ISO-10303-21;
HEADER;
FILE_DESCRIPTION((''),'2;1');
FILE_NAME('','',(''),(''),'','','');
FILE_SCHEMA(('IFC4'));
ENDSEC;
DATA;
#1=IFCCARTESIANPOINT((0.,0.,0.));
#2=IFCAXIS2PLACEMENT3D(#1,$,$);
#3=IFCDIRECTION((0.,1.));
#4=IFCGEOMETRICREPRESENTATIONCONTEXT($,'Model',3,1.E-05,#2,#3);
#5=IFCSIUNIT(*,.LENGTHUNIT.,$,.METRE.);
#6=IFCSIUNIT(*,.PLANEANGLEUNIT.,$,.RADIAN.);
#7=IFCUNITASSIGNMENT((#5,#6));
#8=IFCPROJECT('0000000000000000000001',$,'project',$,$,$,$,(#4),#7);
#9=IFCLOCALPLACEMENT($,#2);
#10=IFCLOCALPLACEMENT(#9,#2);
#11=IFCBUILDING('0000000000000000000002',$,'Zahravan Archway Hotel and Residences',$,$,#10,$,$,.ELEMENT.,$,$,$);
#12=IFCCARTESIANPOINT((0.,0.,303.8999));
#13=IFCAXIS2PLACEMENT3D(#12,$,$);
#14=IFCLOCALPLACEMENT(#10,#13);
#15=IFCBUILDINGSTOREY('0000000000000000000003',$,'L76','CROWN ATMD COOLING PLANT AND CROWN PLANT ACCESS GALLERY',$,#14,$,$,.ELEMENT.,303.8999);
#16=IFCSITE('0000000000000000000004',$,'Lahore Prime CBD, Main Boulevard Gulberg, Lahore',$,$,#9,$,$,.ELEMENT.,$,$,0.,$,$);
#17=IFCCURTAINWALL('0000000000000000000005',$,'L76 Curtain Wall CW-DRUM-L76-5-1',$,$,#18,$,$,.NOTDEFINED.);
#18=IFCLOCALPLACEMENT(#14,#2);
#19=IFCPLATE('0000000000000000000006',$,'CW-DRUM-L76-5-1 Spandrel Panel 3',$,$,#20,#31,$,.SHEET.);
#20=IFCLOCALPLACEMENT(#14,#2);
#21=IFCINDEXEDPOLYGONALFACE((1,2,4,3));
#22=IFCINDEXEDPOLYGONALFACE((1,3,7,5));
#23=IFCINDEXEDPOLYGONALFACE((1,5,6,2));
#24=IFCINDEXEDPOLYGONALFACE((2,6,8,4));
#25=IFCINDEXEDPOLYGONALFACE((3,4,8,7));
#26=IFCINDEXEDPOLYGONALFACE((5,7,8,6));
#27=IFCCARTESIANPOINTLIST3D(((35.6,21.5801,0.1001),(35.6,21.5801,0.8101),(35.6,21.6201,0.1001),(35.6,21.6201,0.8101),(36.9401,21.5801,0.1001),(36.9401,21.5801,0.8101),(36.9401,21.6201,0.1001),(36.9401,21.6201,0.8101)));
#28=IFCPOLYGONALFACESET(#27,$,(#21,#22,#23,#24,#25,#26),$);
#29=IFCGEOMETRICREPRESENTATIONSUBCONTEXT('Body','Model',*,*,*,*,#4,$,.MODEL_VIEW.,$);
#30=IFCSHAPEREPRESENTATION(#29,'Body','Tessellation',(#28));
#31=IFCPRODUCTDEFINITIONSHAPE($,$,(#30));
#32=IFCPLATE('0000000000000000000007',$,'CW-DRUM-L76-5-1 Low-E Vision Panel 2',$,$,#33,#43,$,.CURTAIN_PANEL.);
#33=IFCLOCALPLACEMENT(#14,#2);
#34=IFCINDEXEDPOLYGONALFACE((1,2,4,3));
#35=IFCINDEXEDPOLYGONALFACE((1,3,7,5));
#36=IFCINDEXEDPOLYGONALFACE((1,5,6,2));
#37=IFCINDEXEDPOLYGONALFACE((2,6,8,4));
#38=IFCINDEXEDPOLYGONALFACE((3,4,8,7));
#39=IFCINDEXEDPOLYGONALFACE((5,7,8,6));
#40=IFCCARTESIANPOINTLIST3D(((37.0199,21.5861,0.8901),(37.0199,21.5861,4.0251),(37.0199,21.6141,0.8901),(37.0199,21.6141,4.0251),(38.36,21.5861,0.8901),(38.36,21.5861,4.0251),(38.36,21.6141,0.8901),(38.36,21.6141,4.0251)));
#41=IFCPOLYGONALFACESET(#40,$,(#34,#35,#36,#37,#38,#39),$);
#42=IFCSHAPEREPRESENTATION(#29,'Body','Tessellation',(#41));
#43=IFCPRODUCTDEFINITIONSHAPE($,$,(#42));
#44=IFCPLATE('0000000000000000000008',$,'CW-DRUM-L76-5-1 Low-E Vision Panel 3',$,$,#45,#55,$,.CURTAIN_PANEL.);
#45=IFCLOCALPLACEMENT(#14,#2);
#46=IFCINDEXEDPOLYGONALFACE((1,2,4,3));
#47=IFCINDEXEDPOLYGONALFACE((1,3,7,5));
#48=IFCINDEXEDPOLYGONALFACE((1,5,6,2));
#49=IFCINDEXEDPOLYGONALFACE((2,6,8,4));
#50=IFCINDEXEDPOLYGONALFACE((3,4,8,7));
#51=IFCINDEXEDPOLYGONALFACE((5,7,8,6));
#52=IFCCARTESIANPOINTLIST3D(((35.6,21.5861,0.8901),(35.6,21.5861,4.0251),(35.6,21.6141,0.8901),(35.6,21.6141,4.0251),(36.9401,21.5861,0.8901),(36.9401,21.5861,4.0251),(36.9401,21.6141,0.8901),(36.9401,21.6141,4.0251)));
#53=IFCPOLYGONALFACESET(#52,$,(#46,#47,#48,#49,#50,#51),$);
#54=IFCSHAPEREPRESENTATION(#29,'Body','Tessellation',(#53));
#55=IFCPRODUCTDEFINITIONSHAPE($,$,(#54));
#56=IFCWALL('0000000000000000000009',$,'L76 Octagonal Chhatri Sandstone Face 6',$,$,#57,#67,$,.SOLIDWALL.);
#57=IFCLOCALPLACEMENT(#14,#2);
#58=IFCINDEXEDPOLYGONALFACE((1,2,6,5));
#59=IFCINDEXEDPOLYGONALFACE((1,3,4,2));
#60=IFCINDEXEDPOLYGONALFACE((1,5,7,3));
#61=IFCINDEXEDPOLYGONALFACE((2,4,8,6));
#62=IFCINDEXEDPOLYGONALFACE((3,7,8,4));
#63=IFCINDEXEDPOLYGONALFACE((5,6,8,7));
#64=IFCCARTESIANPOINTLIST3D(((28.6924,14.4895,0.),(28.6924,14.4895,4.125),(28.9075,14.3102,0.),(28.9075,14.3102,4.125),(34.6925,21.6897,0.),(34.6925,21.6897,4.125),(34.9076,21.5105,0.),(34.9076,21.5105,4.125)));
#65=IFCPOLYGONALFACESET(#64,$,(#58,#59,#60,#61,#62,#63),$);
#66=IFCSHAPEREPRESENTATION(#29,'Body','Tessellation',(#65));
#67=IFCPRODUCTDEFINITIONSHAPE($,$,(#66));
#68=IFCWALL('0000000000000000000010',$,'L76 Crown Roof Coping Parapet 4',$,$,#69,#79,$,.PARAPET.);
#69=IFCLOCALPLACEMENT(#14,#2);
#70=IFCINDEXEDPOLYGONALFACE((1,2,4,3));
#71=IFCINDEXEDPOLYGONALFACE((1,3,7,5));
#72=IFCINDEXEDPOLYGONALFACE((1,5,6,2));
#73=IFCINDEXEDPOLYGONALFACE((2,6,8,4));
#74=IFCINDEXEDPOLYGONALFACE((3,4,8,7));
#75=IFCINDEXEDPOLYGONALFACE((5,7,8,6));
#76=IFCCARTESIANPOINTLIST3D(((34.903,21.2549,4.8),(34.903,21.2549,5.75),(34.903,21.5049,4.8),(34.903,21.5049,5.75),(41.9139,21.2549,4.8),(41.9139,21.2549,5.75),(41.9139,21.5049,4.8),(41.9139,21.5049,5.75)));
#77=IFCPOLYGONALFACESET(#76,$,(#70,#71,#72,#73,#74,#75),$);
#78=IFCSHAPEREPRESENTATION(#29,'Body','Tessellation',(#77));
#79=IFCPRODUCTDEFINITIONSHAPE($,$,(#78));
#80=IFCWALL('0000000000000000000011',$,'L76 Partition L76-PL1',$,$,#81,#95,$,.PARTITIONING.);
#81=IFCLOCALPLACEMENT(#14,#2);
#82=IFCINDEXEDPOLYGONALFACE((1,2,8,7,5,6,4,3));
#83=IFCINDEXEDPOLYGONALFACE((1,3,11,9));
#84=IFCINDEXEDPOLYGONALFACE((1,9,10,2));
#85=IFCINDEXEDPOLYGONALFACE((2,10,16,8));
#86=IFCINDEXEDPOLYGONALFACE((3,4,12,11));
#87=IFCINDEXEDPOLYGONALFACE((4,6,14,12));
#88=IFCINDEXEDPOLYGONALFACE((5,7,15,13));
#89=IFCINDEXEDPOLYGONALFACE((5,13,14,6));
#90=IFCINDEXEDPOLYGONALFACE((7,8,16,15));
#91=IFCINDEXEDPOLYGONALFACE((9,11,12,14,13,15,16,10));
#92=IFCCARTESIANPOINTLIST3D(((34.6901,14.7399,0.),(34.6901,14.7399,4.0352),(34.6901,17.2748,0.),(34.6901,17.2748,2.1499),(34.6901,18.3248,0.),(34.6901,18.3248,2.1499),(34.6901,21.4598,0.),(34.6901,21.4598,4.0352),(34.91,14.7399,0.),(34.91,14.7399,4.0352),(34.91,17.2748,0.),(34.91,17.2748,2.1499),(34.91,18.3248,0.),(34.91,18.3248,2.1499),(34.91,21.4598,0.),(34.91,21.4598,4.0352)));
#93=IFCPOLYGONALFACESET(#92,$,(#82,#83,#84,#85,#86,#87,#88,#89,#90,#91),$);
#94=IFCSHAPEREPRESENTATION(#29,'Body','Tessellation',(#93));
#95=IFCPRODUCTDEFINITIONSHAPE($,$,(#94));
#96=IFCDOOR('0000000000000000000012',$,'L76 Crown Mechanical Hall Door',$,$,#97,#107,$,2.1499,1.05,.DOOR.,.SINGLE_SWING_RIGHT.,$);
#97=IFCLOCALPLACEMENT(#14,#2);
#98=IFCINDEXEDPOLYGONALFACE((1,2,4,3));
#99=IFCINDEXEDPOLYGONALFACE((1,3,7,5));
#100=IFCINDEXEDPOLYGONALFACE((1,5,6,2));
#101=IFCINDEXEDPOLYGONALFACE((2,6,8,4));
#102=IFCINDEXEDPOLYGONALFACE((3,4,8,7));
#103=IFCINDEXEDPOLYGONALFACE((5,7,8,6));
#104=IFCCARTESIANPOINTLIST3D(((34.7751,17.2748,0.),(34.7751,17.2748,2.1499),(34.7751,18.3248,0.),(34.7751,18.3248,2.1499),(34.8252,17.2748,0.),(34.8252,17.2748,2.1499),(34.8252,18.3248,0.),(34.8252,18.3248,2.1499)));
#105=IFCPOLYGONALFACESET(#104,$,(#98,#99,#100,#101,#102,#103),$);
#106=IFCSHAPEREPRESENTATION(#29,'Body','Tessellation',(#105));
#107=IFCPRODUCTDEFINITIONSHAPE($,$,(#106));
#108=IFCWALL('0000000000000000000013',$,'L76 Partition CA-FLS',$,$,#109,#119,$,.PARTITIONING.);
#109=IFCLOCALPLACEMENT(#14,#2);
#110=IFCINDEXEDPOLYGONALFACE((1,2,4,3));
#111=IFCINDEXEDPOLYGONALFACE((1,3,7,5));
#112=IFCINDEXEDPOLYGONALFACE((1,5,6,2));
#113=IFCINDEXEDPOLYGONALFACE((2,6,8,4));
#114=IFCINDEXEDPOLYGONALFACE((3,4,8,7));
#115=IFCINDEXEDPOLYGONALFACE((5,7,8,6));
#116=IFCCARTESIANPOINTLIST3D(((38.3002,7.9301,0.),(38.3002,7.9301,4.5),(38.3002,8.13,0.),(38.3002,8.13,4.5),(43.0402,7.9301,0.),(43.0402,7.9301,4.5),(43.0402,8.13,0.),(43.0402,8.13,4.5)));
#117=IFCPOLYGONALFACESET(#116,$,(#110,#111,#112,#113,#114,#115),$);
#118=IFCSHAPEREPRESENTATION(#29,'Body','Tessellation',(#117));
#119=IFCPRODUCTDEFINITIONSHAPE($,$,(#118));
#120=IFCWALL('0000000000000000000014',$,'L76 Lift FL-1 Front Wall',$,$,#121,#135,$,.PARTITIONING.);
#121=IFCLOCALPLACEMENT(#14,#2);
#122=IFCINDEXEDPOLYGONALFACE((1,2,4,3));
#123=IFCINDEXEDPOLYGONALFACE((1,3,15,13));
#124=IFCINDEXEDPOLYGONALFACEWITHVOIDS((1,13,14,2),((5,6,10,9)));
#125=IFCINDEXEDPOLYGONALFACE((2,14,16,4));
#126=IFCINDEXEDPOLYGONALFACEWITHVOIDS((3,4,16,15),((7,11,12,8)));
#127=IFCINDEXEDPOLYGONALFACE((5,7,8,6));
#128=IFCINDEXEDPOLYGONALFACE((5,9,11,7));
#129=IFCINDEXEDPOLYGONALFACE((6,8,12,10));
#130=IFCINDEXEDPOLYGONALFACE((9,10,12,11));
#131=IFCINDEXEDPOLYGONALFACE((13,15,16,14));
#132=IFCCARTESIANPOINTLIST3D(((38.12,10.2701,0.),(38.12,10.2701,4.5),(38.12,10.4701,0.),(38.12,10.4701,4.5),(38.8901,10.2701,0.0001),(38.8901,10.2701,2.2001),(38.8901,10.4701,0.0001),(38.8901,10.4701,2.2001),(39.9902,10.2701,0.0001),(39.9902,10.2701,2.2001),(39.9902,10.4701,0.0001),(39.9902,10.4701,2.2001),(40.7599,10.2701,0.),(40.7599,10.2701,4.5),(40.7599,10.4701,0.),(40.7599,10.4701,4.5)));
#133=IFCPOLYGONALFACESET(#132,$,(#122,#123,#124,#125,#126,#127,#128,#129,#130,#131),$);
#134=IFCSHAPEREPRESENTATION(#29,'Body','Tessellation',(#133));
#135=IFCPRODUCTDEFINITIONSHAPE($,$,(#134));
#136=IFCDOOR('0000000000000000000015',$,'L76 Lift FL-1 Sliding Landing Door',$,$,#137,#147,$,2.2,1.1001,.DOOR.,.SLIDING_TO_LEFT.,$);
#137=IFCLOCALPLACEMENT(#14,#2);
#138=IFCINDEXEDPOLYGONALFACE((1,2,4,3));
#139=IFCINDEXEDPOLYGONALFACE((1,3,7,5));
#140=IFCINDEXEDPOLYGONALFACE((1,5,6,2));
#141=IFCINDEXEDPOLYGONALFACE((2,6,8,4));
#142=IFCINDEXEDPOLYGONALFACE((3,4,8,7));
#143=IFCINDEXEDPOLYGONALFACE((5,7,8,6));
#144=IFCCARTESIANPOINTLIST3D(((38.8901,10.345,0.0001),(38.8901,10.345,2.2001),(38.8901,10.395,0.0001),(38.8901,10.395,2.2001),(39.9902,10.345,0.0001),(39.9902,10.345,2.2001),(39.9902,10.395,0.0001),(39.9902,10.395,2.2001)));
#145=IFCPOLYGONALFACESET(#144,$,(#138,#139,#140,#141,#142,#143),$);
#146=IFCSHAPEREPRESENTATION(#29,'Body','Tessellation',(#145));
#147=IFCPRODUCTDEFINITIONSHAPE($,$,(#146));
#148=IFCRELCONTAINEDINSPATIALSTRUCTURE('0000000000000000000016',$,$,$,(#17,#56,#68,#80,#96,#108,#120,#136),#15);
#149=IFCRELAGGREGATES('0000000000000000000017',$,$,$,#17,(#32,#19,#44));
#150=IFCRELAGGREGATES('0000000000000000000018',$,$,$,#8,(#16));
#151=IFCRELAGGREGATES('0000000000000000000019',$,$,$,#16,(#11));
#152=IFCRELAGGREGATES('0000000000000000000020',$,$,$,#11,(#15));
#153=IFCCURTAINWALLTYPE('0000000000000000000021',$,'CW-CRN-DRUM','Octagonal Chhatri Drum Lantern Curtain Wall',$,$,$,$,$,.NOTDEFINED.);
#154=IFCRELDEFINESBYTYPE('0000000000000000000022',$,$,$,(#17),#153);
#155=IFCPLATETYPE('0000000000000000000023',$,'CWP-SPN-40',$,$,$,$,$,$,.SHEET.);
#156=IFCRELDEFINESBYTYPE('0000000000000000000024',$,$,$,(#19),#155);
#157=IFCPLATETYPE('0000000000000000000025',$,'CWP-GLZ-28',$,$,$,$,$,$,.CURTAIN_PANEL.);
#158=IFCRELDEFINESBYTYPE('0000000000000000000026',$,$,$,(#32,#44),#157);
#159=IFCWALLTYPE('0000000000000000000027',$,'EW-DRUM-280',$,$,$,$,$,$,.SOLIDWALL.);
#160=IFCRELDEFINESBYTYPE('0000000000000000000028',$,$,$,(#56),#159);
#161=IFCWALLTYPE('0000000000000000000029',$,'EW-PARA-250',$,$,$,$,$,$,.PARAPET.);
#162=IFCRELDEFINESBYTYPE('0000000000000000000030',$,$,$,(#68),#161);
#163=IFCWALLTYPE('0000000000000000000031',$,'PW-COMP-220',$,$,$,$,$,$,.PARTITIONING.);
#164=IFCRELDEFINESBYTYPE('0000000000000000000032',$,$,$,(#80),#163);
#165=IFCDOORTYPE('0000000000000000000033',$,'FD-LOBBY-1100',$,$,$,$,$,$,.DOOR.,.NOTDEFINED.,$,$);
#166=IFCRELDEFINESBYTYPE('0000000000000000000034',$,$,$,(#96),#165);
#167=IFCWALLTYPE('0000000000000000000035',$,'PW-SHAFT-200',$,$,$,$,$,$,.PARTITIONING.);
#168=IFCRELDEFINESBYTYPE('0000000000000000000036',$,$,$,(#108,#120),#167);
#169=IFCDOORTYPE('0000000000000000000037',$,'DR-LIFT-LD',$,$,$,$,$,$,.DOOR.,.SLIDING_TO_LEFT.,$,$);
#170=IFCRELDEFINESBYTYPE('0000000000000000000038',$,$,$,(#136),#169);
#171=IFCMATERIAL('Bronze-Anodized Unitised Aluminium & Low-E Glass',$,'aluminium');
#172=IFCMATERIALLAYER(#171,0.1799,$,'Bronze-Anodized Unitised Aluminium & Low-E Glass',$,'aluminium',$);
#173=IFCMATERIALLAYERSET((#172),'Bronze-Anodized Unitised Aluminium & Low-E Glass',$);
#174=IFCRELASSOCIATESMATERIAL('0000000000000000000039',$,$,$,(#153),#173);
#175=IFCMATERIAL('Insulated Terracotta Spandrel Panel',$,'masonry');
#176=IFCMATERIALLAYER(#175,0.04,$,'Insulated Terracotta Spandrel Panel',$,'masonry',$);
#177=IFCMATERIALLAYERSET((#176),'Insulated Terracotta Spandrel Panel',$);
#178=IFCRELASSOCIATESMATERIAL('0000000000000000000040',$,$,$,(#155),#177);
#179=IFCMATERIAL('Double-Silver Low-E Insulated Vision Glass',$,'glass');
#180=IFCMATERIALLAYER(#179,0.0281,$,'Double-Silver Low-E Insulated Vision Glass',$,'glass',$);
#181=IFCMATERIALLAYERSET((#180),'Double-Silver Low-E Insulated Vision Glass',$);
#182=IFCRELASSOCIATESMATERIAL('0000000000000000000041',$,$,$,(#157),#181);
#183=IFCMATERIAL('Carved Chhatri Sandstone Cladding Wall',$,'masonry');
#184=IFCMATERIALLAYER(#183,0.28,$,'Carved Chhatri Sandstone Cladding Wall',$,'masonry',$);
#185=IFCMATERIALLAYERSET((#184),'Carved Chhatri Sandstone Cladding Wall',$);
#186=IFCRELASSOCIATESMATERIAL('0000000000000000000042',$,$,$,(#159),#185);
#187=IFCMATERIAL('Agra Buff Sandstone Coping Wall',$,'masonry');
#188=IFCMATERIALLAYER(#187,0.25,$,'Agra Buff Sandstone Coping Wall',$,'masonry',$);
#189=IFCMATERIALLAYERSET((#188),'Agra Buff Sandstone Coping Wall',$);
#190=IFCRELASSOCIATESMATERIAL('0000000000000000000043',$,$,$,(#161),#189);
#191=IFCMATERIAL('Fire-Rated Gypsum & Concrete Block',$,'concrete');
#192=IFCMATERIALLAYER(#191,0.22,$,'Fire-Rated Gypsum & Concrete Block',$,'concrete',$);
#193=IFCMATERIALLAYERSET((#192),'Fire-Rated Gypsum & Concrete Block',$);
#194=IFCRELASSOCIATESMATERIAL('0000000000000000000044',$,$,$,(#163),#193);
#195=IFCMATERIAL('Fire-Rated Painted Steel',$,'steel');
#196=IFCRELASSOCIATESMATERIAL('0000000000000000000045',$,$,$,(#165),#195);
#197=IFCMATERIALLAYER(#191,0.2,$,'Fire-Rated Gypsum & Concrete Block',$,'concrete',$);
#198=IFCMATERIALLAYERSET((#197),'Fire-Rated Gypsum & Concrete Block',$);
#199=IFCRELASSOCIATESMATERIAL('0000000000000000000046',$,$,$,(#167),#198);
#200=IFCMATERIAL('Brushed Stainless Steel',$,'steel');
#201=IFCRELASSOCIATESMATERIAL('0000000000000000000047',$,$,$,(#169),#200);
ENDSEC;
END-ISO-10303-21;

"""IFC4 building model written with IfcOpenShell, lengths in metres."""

from ifc_helpers import new_model, si_unit, direction, frame, frame_2d, origin, origin_2d, place, context, subcontext, project, spatial, rectangle, extrude, source, transform, mapped, material, layer, layer_set, type_object, type_shapes, element, fill, aggregate, save


model = new_model("IFC4")

# Units and contexts
model_context = context("Model", 3, precision=1e-05, world=origin(), true_north=direction((0.0, 1.0)))
body_context = subcontext(model_context, "Body", "Model", "MODEL_VIEW")
ifc_project = project(units=[si_unit("LENGTHUNIT", "METRE"), si_unit("PLANEANGLEUNIT", "RADIAN")], contexts=[model_context])

# Site, building, storey
site_placement = place(None, origin())
site = spatial("IfcSite", under=ifc_project, at=site_placement, Name="Lahore Prime CBD, Main Boulevard Gulberg, Lahore", CompositionType="ELEMENT", RefElevation=0.0)
building_placement = place(site_placement, origin())
building = spatial("IfcBuilding", under=site, at=building_placement, Name="Zahravan Archway Hotel and Residences", CompositionType="ELEMENT")
storey_placement = place(building_placement, frame((0.0, 0.0, 303.8999)))
storey = spatial("IfcBuildingStorey", under=building, at=storey_placement, Name="L76", Description="CROWN ATMD COOLING PLANT AND CROWN PLANT ACCESS GALLERY", CompositionType="ELEMENT", Elevation=303.8999)

# Curtain wall, plates
ifc_material_1 = material(Name="Bronze-Anodized Unitised Aluminium & Low-E Glass", Category="aluminium")
ifc_layer_1 = layer(ifc_material_1, 0.1799, Name="Bronze-Anodized Unitised Aluminium & Low-E Glass", Category="aluminium")
ifc_layer_set_1 = layer_set([ifc_layer_1], Name="Bronze-Anodized Unitised Aluminium & Low-E Glass")
curtain_wall_type = type_object("IfcCurtainWallType", Name="CW-CRN-DRUM", Description="Octagonal Chhatri Drum Lantern Curtain Wall", PredefinedType="NOTDEFINED", material=ifc_layer_set_1)
curtain_wall_placement = place(storey_placement, origin())
curtain_wall = element("IfcCurtainWall", 1, at=curtain_wall_placement, inside=storey, type_object=curtain_wall_type, Name="L76 Curtain Wall CW-DRUM-L76-5-1", PredefinedType="NOTDEFINED")
ifc_material_2 = material(Name="Insulated Terracotta Spandrel Panel", Category="masonry")
ifc_layer_2 = layer(ifc_material_2, 0.04, Name="Insulated Terracotta Spandrel Panel", Category="masonry")
ifc_layer_set_2 = layer_set([ifc_layer_2], Name="Insulated Terracotta Spandrel Panel")
plate_type_1 = type_object("IfcPlateType", Name="CWP-SPN-40", PredefinedType="SHEET", material=ifc_layer_set_2)
shared_shape_1 = source(origin(), body_context, "Body", "SweptSolid", [
    extrude(rectangle(XDim=1.3401, YDim=0.04, at=origin_2d()), origin(), (0.0, 0.0, 1.0), 0.71),
])
plate_1_placement = place(storey_placement, frame((36.27, 21.6001, 0.1001), z_axis=(0.0, 0.0, 1.0), x_axis=(-1.0, 0.0, 0.0)))
plate_1 = element("IfcPlate", 2, at=plate_1_placement, type_object=plate_type_1, Name="CW-DRUM-L76-5-1 Spandrel Panel 3", PredefinedType="SHEET", context=body_context, shape_type="MappedRepresentation", body=[
    mapped(shared_shape_1, transform((0.0, 0.0, 0.0), scale=1.0)),
])
ifc_material_3 = material(Name="Double-Silver Low-E Insulated Vision Glass", Category="glass")
ifc_layer_3 = layer(ifc_material_3, 0.0281, Name="Double-Silver Low-E Insulated Vision Glass", Category="glass")
ifc_layer_set_3 = layer_set([ifc_layer_3], Name="Double-Silver Low-E Insulated Vision Glass")
plate_type_2 = type_object("IfcPlateType", Name="CWP-GLZ-28", PredefinedType="CURTAIN_PANEL", material=ifc_layer_set_3)
shared_shape_2 = source(origin(), body_context, "Body", "SweptSolid", [
    extrude(rectangle(XDim=1.3401, YDim=0.0281, at=origin_2d()), origin(), (0.0, 0.0, 1.0), 3.135),
])
plate_2_placement = place(storey_placement, frame((37.6899, 21.6001, 0.8901), z_axis=(0.0, 0.0, 1.0), x_axis=(-1.0, 0.0, 0.0)))
plate_2 = element("IfcPlate", 3, at=plate_2_placement, type_object=plate_type_2, Name="CW-DRUM-L76-5-1 Low-E Vision Panel 2", PredefinedType="CURTAIN_PANEL", context=body_context, shape_type="MappedRepresentation", body=[
    mapped(shared_shape_2, transform((0.0, 0.0, 0.0), scale=1.0)),
])
plate_3_placement = place(storey_placement, frame((36.27, 21.6001, 0.8901), z_axis=(0.0, 0.0, 1.0), x_axis=(-1.0, 0.0, 0.0)))
plate_3 = element("IfcPlate", 4, at=plate_3_placement, type_object=plate_type_2, Name="CW-DRUM-L76-5-1 Low-E Vision Panel 3", PredefinedType="CURTAIN_PANEL", context=body_context, shape_type="MappedRepresentation", body=[
    mapped(shared_shape_2, transform((0.0, 0.0, 0.0), scale=1.0)),
])
aggregate(curtain_wall, [plate_2, plate_1, plate_3])

# Walls
ifc_material_4 = material(Name="Carved Chhatri Sandstone Cladding Wall", Category="masonry")
ifc_layer_4 = layer(ifc_material_4, 0.28, Name="Carved Chhatri Sandstone Cladding Wall", Category="masonry")
ifc_layer_set_4 = layer_set([ifc_layer_4], Name="Carved Chhatri Sandstone Cladding Wall")
wall_type_1 = type_object("IfcWallType", Name="EW-DRUM-280", PredefinedType="SOLIDWALL", material=ifc_layer_set_4)
wall_1_placement = place(storey_placement, frame((34.8, 21.6001, 0.0), z_axis=(0.0, 0.0, 1.0), x_axis=(-0.640174, -0.76823, 0.0)))
element("IfcWall", 5, at=wall_1_placement, inside=storey, type_object=wall_type_1, Name="L76 Octagonal Chhatri Sandstone Face 6", PredefinedType="SOLIDWALL", context=body_context, shape_type="SweptSolid", body=[
    extrude(rectangle(XDim=9.3726, YDim=0.28, at=frame_2d((4.6863, 0.0))), origin(), (0.0, 0.0, 1.0), 4.125),
])
ifc_material_5 = material(Name="Agra Buff Sandstone Coping Wall", Category="masonry")
ifc_layer_5 = layer(ifc_material_5, 0.25, Name="Agra Buff Sandstone Coping Wall", Category="masonry")
ifc_layer_set_5 = layer_set([ifc_layer_5], Name="Agra Buff Sandstone Coping Wall")
wall_type_2 = type_object("IfcWallType", Name="EW-PARA-250", PredefinedType="PARAPET", material=ifc_layer_set_5)
wall_2_placement = place(storey_placement, frame((34.9031, 21.3799, 4.8), z_axis=(0.0, 0.0, 1.0), x_axis=(1.0, 0.0, 0.0)))
element("IfcWall", 6, at=wall_2_placement, inside=storey, type_object=wall_type_2, Name="L76 Crown Roof Coping Parapet 4", PredefinedType="PARAPET", context=body_context, shape_type="SweptSolid", body=[
    extrude(rectangle(XDim=7.011, YDim=0.25, at=frame_2d((3.5054, 0.0))), origin(), (0.0, 0.0, 1.0), 0.95),
])

# Wall, opening, door
ifc_material_6 = material(Name="Fire-Rated Gypsum & Concrete Block", Category="concrete")
ifc_layer_6 = layer(ifc_material_6, 0.22, Name="Fire-Rated Gypsum & Concrete Block", Category="concrete")
ifc_layer_set_6 = layer_set([ifc_layer_6], Name="Fire-Rated Gypsum & Concrete Block")
wall_type_3 = type_object("IfcWallType", Name="PW-COMP-220", PredefinedType="PARTITIONING", material=ifc_layer_set_6)
ifc_material_7 = material(Name="Fire-Rated Painted Steel", Category="steel")
door_type_1 = type_object("IfcDoorType", Name="FD-LOBBY-1100", OperationType="NOTDEFINED", PredefinedType="DOOR", material=ifc_material_7)
shared_shape_3 = source(origin(), body_context, "Body", "SweptSolid", [
    extrude(rectangle(XDim=1.05, YDim=2.1499, at=frame_2d((0.5249, 1.075))), frame((0.0, 0.0249, 0.0), z_axis=(0.0, -1.0, 0.0), x_axis=(1.0, 0.0, 0.0)), (0.0, 0.0, 1.0), 0.05),
])
type_shapes(door_type_1, [shared_shape_3])
wall_3_placement = place(storey_placement, frame((34.8, 14.74, 0.0), z_axis=(0.0, 0.0, 1.0), x_axis=(0.0, 1.0, 0.0)))
wall_3 = element("IfcWall", 7, at=wall_3_placement, inside=storey, type_object=wall_type_3, Name="L76 Partition L76-PL1", PredefinedType="PARTITIONING", context=body_context, shape_type="SweptSolid", body=[
    extrude(rectangle(XDim=6.72, YDim=0.22, at=frame_2d((3.3599, 0.0))), origin(), (0.0, 0.0, 1.0), 4.0352),
])
opening_1_placement = place(wall_3_placement, frame((2.5349, 0.0, 0.0)))
opening_1 = element("IfcOpeningElement", 8, at=opening_1_placement, cuts=wall_3, PredefinedType="OPENING", context=body_context, shape_type="SweptSolid", body=[
    extrude(rectangle(XDim=1.05, YDim=2.1499, at=frame_2d((0.5249, 1.075))), frame((0.0, 0.1201, 0.0), z_axis=(0.0, -1.0, 0.0), x_axis=(1.0, 0.0, 0.0)), (0.0, 0.0, 1.0), 0.24),
])
door_1_placement = place(opening_1_placement, origin())
door_1 = element("IfcDoor", 9, at=door_1_placement, inside=storey, type_object=door_type_1, Name="L76 Crown Mechanical Hall Door", OperationType="SINGLE_SWING_RIGHT", OverallHeight=2.1499, OverallWidth=1.05, PredefinedType="DOOR", context=body_context, shape_type="MappedRepresentation", body=[
    mapped(shared_shape_3, transform((0.0, 0.0, 0.0), scale=1.0)),
])
fill(opening_1, door_1)

# Wall
ifc_layer_7 = layer(ifc_material_6, 0.2, Name="Fire-Rated Gypsum & Concrete Block", Category="concrete")
ifc_layer_set_7 = layer_set([ifc_layer_7], Name="Fire-Rated Gypsum & Concrete Block")
wall_type_4 = type_object("IfcWallType", Name="PW-SHAFT-200", PredefinedType="PARTITIONING", material=ifc_layer_set_7)
wall_4_placement = place(storey_placement, frame((38.3, 8.03, 0.0), z_axis=(0.0, 0.0, 1.0), x_axis=(1.0, 0.0, 0.0)))
element("IfcWall", 10, at=wall_4_placement, inside=storey, type_object=wall_type_4, Name="L76 Partition CA-FLS", PredefinedType="PARTITIONING", context=body_context, shape_type="SweptSolid", body=[
    extrude(rectangle(XDim=4.74, YDim=0.2, at=frame_2d((2.3701, 0.0))), origin(), (0.0, 0.0, 1.0), 4.5),
])

# Wall, opening, door
wall_5_placement = place(storey_placement, frame((38.1201, 10.3701, 0.0), z_axis=(0.0, 0.0, 1.0), x_axis=(1.0, 0.0, 0.0)))
wall_5 = element("IfcWall", 11, at=wall_5_placement, inside=storey, type_object=wall_type_4, Name="L76 Lift FL-1 Front Wall", PredefinedType="PARTITIONING", context=body_context, shape_type="SweptSolid", body=[
    extrude(rectangle(XDim=2.6399, YDim=0.2, at=frame_2d((1.3198, 0.0))), origin(), (0.0, 0.0, 1.0), 4.5),
])
opening_2_placement = place(wall_5_placement, frame((0.77, 0.0, 0.0)))
opening_2 = element("IfcOpeningElement", 12, at=opening_2_placement, cuts=wall_5, PredefinedType="OPENING", context=body_context, shape_type="SweptSolid", body=[
    extrude(rectangle(XDim=1.1001, YDim=2.2, at=frame_2d((0.55, 1.1001))), frame((0.0, 0.1099, 0.0), z_axis=(0.0, -1.0, 0.0), x_axis=(1.0, 0.0, 0.0)), (0.0, 0.0, 1.0), 0.22),
])
ifc_material_8 = material(Name="Brushed Stainless Steel", Category="steel")
door_type_2 = type_object("IfcDoorType", Name="DR-LIFT-LD", OperationType="SLIDING_TO_LEFT", PredefinedType="DOOR", material=ifc_material_8)
shared_shape_4 = source(origin(), body_context, "Body", "SweptSolid", [
    extrude(rectangle(XDim=1.1001, YDim=2.2, at=frame_2d((0.55, 1.1001))), frame((0.0, 0.0249, 0.0), z_axis=(0.0, -1.0, 0.0), x_axis=(1.0, 0.0, 0.0)), (0.0, 0.0, 1.0), 0.05),
])
type_shapes(door_type_2, [shared_shape_4])
door_2_placement = place(opening_2_placement, origin())
door_2 = element("IfcDoor", 13, at=door_2_placement, inside=storey, type_object=door_type_2, Name="L76 Lift FL-1 Sliding Landing Door", OperationType="SLIDING_TO_LEFT", OverallHeight=2.2, OverallWidth=1.1001, PredefinedType="DOOR", context=body_context, shape_type="MappedRepresentation", body=[
    mapped(shared_shape_4, transform((0.0, 0.0, 0.0), scale=1.0)),
])
fill(opening_2, door_2)

save(model, "model.ifc")
